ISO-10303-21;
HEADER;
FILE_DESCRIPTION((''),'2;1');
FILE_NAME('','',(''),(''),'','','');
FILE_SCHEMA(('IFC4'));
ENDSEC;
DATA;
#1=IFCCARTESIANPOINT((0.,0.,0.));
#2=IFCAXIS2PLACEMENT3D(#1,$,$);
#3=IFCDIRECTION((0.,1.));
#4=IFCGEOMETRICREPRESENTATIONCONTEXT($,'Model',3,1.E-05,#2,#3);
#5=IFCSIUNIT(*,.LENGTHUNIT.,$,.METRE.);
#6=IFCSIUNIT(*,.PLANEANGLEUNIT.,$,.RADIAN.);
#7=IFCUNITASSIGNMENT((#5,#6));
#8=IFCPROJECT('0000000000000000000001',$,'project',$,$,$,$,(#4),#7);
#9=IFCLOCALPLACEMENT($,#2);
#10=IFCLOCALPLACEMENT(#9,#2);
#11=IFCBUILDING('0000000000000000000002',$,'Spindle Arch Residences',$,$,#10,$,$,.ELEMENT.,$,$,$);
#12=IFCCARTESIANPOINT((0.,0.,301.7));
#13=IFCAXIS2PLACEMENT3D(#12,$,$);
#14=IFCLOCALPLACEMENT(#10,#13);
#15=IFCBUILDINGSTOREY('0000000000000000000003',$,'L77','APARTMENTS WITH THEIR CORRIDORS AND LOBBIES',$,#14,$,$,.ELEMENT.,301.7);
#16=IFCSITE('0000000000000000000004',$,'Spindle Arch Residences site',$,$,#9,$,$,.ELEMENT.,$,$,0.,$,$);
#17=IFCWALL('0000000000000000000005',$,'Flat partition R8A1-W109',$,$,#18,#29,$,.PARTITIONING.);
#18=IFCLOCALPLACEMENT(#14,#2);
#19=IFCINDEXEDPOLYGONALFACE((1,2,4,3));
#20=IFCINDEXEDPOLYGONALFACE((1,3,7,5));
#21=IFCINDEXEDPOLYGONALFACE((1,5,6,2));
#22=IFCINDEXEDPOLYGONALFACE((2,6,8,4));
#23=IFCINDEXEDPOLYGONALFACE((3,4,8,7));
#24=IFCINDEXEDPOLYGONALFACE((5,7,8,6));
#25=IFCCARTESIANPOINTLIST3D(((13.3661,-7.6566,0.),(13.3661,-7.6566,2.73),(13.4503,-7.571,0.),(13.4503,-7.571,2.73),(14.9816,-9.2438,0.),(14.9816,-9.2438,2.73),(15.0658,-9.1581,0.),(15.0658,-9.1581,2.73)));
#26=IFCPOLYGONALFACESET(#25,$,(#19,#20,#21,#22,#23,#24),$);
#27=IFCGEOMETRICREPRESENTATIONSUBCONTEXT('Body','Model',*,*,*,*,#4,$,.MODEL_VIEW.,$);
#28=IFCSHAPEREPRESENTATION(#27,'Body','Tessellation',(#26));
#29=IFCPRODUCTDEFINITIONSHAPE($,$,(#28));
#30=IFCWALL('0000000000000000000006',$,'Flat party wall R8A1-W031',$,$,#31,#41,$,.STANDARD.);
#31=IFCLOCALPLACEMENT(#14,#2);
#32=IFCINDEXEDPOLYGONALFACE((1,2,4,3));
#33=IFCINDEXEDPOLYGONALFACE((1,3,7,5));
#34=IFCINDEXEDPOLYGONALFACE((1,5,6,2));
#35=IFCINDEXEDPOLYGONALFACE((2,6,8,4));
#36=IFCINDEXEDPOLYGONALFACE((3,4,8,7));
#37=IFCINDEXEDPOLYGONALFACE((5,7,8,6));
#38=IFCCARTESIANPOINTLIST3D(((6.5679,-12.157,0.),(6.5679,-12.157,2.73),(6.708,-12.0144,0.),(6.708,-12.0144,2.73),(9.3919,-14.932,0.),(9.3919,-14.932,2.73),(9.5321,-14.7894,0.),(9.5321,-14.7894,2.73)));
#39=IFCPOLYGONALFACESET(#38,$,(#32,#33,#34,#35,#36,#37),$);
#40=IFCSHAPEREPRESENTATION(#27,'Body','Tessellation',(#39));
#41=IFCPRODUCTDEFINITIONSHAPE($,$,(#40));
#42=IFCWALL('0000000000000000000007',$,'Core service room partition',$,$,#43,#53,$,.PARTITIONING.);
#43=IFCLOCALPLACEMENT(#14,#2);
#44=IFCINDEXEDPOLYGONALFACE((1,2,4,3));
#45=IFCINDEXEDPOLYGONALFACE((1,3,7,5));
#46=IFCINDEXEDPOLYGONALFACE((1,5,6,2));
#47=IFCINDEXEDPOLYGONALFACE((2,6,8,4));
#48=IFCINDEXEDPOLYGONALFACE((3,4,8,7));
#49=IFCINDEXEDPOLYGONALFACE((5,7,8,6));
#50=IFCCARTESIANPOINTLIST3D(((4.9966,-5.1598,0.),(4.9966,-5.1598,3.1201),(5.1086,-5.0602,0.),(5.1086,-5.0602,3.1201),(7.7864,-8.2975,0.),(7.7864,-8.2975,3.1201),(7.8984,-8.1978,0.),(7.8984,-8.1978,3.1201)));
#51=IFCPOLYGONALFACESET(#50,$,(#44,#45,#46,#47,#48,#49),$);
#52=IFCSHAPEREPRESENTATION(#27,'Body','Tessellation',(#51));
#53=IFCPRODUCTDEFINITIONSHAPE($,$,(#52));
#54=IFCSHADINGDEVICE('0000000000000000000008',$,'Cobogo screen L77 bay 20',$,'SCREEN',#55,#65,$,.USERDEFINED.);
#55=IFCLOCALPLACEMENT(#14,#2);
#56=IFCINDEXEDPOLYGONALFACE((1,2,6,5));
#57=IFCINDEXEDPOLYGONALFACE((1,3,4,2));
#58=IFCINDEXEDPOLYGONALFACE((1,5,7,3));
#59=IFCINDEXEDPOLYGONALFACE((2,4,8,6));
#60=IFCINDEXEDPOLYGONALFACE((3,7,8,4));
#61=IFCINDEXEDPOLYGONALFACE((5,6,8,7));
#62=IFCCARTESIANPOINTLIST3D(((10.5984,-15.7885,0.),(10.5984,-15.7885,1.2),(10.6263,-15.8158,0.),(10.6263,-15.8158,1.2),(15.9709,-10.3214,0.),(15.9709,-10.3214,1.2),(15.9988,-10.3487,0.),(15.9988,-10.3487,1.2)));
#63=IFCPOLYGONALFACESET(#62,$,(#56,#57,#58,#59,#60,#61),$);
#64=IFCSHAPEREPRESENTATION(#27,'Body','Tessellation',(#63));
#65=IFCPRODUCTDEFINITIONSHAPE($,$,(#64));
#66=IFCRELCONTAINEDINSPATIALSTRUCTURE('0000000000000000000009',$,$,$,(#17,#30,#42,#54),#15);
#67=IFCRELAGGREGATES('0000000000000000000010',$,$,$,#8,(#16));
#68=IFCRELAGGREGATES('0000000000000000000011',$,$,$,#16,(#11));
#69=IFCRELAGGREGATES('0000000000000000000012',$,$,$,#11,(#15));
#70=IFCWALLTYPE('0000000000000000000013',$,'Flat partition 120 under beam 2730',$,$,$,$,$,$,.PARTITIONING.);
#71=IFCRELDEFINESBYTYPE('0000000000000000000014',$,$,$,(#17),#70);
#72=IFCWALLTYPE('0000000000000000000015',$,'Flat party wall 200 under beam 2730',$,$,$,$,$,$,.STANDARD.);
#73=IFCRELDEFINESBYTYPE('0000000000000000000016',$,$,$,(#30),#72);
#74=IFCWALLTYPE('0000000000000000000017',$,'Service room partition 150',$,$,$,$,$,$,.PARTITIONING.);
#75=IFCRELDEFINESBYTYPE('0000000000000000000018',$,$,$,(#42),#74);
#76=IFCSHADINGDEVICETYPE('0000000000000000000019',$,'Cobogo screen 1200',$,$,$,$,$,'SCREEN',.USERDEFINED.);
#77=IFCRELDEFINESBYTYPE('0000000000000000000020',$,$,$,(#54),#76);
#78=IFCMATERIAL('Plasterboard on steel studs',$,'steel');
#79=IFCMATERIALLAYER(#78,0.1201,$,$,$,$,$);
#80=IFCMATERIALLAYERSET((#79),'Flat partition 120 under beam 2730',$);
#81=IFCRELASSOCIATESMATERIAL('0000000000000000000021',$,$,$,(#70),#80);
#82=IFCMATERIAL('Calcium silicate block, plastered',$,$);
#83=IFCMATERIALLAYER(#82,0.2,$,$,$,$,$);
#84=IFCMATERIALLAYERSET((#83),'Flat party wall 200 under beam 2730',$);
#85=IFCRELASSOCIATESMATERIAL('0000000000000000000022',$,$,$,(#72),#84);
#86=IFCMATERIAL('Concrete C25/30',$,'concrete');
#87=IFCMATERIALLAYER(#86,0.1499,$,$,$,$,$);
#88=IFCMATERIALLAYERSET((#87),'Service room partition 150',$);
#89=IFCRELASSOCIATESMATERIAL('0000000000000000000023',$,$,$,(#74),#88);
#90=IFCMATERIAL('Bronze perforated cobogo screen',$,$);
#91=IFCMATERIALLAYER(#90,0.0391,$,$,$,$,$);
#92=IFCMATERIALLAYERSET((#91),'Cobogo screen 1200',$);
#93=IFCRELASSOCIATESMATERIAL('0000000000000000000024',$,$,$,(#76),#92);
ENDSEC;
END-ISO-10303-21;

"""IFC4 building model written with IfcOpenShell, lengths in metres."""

from ifc_helpers import new_model, si_unit, direction, frame, frame_2d, origin, origin_2d, place, context, subcontext, project, spatial, rectangle, extrude, material, layer, layer_set, type_object, element, save


model = new_model("IFC4")

# Units and contexts
model_context = context("Model", 3, precision=1e-05, world=origin(), true_north=direction((0.0, 1.0)))
body_context = subcontext(model_context, "Body", "Model", "MODEL_VIEW")
ifc_project = project(units=[si_unit("LENGTHUNIT", "METRE"), si_unit("PLANEANGLEUNIT", "RADIAN")], contexts=[model_context])

# Site, building, storey
site_placement = place(None, origin())
site = spatial("IfcSite", under=ifc_project, at=site_placement, Name="Spindle Arch Residences site", CompositionType="ELEMENT", RefElevation=0.0)
building_placement = place(site_placement, origin())
building = spatial("IfcBuilding", under=site, at=building_placement, Name="Spindle Arch Residences", CompositionType="ELEMENT")
storey_placement = place(building_placement, frame((0.0, 0.0, 301.7)))
storey = spatial("IfcBuildingStorey", under=building, at=storey_placement, Name="L77", Description="APARTMENTS WITH THEIR CORRIDORS AND LOBBIES", CompositionType="ELEMENT", Elevation=301.7)

# Walls
ifc_material_1 = material(Name="Plasterboard on steel studs", Category="steel")
ifc_layer_1 = layer(ifc_material_1, 0.1201)
ifc_layer_set_1 = layer_set([ifc_layer_1], Name="Flat partition 120 under beam 2730")
wall_type_1 = type_object("IfcWallType", Name="Flat partition 120 under beam 2730", PredefinedType="PARTITIONING", material=ifc_layer_set_1)
wall_1_placement = place(storey_placement, frame((15.0237, -9.2009, 0.0), z_axis=(0.0, 0.0, 1.0), x_axis=(-0.713332, 0.700827, 0.0)))
element("IfcWall", 1, at=wall_1_placement, inside=storey, type_object=wall_type_1, Name="Flat partition R8A1-W109", PredefinedType="PARTITIONING", context=body_context, shape_type="SweptSolid", body=[
    extrude(rectangle(XDim=2.2646, YDim=0.1201, at=frame_2d((1.1323, 0.0))), origin(), (0.0, 0.0, 1.0), 2.73),
])
ifc_material_2 = material(Name="Calcium silicate block, plastered")
ifc_layer_2 = layer(ifc_material_2, 0.2)
ifc_layer_set_2 = layer_set([ifc_layer_2], Name="Flat party wall 200 under beam 2730")
wall_type_2 = type_object("IfcWallType", Name="Flat party wall 200 under beam 2730", PredefinedType="STANDARD", material=ifc_layer_set_2)
wall_2_placement = place(storey_placement, frame((9.4619, -14.8606, 0.0), z_axis=(0.0, 0.0, 1.0), x_axis=(-0.713277, 0.700882, 0.0)))
element("IfcWall", 2, at=wall_2_placement, inside=storey, type_object=wall_type_2, Name="Flat party wall R8A1-W031", PredefinedType="STANDARD", context=body_context, shape_type="SweptSolid", body=[
    extrude(rectangle(XDim=3.9592, YDim=0.2, at=frame_2d((1.9795, 0.0))), origin(), (0.0, 0.0, 1.0), 2.73),
])

# Wall
ifc_material_3 = material(Name="Concrete C25/30", Category="concrete")
ifc_layer_3 = layer(ifc_material_3, 0.1499)
ifc_layer_set_3 = layer_set([ifc_layer_3], Name="Service room partition 150")
wall_type_3 = type_object("IfcWallType", Name="Service room partition 150", PredefinedType="PARTITIONING", material=ifc_layer_set_3)
wall_3_placement = place(storey_placement, frame((7.8423, -8.2476, 0.0), z_axis=(0.0, 0.0, 1.0), x_axis=(-0.664461, 0.747323, 0.0)))
element("IfcWall", 3, at=wall_3_placement, inside=storey, type_object=wall_type_3, Name="Core service room partition", PredefinedType="PARTITIONING", context=body_context, shape_type="SweptSolid", body=[
    extrude(rectangle(XDim=4.1985, YDim=0.1499, at=frame_2d((2.0991, 0.0))), origin(), (0.0, 0.0, 1.0), 3.1201),
])

# Shading device
ifc_material_4 = material(Name="Bronze perforated cobogo screen")
ifc_layer_4 = layer(ifc_material_4, 0.0391)
ifc_layer_set_4 = layer_set([ifc_layer_4], Name="Cobogo screen 1200")
shading_device_type = type_object("IfcShadingDeviceType", Name="Cobogo screen 1200", ElementType="SCREEN", PredefinedType="USERDEFINED", material=ifc_layer_set_4)
shading_device_placement = place(storey_placement, frame((13.2986, -13.0686, 0.0), z_axis=(0.0, 0.0, 1.0), x_axis=(0.700909, 0.71325, 0.0)))
element("IfcShadingDevice", 4, at=shading_device_placement, inside=storey, type_object=shading_device_type, Name="Cobogo screen L77 bay 20", ObjectType="SCREEN", PredefinedType="USERDEFINED", context=body_context, shape_type="SweptSolid", body=[
    extrude(rectangle(XDim=7.665, YDim=0.0391, at=origin_2d()), origin(), (0.0, 0.0, 1.0), 1.2),
])

save(model, "model.ifc")
